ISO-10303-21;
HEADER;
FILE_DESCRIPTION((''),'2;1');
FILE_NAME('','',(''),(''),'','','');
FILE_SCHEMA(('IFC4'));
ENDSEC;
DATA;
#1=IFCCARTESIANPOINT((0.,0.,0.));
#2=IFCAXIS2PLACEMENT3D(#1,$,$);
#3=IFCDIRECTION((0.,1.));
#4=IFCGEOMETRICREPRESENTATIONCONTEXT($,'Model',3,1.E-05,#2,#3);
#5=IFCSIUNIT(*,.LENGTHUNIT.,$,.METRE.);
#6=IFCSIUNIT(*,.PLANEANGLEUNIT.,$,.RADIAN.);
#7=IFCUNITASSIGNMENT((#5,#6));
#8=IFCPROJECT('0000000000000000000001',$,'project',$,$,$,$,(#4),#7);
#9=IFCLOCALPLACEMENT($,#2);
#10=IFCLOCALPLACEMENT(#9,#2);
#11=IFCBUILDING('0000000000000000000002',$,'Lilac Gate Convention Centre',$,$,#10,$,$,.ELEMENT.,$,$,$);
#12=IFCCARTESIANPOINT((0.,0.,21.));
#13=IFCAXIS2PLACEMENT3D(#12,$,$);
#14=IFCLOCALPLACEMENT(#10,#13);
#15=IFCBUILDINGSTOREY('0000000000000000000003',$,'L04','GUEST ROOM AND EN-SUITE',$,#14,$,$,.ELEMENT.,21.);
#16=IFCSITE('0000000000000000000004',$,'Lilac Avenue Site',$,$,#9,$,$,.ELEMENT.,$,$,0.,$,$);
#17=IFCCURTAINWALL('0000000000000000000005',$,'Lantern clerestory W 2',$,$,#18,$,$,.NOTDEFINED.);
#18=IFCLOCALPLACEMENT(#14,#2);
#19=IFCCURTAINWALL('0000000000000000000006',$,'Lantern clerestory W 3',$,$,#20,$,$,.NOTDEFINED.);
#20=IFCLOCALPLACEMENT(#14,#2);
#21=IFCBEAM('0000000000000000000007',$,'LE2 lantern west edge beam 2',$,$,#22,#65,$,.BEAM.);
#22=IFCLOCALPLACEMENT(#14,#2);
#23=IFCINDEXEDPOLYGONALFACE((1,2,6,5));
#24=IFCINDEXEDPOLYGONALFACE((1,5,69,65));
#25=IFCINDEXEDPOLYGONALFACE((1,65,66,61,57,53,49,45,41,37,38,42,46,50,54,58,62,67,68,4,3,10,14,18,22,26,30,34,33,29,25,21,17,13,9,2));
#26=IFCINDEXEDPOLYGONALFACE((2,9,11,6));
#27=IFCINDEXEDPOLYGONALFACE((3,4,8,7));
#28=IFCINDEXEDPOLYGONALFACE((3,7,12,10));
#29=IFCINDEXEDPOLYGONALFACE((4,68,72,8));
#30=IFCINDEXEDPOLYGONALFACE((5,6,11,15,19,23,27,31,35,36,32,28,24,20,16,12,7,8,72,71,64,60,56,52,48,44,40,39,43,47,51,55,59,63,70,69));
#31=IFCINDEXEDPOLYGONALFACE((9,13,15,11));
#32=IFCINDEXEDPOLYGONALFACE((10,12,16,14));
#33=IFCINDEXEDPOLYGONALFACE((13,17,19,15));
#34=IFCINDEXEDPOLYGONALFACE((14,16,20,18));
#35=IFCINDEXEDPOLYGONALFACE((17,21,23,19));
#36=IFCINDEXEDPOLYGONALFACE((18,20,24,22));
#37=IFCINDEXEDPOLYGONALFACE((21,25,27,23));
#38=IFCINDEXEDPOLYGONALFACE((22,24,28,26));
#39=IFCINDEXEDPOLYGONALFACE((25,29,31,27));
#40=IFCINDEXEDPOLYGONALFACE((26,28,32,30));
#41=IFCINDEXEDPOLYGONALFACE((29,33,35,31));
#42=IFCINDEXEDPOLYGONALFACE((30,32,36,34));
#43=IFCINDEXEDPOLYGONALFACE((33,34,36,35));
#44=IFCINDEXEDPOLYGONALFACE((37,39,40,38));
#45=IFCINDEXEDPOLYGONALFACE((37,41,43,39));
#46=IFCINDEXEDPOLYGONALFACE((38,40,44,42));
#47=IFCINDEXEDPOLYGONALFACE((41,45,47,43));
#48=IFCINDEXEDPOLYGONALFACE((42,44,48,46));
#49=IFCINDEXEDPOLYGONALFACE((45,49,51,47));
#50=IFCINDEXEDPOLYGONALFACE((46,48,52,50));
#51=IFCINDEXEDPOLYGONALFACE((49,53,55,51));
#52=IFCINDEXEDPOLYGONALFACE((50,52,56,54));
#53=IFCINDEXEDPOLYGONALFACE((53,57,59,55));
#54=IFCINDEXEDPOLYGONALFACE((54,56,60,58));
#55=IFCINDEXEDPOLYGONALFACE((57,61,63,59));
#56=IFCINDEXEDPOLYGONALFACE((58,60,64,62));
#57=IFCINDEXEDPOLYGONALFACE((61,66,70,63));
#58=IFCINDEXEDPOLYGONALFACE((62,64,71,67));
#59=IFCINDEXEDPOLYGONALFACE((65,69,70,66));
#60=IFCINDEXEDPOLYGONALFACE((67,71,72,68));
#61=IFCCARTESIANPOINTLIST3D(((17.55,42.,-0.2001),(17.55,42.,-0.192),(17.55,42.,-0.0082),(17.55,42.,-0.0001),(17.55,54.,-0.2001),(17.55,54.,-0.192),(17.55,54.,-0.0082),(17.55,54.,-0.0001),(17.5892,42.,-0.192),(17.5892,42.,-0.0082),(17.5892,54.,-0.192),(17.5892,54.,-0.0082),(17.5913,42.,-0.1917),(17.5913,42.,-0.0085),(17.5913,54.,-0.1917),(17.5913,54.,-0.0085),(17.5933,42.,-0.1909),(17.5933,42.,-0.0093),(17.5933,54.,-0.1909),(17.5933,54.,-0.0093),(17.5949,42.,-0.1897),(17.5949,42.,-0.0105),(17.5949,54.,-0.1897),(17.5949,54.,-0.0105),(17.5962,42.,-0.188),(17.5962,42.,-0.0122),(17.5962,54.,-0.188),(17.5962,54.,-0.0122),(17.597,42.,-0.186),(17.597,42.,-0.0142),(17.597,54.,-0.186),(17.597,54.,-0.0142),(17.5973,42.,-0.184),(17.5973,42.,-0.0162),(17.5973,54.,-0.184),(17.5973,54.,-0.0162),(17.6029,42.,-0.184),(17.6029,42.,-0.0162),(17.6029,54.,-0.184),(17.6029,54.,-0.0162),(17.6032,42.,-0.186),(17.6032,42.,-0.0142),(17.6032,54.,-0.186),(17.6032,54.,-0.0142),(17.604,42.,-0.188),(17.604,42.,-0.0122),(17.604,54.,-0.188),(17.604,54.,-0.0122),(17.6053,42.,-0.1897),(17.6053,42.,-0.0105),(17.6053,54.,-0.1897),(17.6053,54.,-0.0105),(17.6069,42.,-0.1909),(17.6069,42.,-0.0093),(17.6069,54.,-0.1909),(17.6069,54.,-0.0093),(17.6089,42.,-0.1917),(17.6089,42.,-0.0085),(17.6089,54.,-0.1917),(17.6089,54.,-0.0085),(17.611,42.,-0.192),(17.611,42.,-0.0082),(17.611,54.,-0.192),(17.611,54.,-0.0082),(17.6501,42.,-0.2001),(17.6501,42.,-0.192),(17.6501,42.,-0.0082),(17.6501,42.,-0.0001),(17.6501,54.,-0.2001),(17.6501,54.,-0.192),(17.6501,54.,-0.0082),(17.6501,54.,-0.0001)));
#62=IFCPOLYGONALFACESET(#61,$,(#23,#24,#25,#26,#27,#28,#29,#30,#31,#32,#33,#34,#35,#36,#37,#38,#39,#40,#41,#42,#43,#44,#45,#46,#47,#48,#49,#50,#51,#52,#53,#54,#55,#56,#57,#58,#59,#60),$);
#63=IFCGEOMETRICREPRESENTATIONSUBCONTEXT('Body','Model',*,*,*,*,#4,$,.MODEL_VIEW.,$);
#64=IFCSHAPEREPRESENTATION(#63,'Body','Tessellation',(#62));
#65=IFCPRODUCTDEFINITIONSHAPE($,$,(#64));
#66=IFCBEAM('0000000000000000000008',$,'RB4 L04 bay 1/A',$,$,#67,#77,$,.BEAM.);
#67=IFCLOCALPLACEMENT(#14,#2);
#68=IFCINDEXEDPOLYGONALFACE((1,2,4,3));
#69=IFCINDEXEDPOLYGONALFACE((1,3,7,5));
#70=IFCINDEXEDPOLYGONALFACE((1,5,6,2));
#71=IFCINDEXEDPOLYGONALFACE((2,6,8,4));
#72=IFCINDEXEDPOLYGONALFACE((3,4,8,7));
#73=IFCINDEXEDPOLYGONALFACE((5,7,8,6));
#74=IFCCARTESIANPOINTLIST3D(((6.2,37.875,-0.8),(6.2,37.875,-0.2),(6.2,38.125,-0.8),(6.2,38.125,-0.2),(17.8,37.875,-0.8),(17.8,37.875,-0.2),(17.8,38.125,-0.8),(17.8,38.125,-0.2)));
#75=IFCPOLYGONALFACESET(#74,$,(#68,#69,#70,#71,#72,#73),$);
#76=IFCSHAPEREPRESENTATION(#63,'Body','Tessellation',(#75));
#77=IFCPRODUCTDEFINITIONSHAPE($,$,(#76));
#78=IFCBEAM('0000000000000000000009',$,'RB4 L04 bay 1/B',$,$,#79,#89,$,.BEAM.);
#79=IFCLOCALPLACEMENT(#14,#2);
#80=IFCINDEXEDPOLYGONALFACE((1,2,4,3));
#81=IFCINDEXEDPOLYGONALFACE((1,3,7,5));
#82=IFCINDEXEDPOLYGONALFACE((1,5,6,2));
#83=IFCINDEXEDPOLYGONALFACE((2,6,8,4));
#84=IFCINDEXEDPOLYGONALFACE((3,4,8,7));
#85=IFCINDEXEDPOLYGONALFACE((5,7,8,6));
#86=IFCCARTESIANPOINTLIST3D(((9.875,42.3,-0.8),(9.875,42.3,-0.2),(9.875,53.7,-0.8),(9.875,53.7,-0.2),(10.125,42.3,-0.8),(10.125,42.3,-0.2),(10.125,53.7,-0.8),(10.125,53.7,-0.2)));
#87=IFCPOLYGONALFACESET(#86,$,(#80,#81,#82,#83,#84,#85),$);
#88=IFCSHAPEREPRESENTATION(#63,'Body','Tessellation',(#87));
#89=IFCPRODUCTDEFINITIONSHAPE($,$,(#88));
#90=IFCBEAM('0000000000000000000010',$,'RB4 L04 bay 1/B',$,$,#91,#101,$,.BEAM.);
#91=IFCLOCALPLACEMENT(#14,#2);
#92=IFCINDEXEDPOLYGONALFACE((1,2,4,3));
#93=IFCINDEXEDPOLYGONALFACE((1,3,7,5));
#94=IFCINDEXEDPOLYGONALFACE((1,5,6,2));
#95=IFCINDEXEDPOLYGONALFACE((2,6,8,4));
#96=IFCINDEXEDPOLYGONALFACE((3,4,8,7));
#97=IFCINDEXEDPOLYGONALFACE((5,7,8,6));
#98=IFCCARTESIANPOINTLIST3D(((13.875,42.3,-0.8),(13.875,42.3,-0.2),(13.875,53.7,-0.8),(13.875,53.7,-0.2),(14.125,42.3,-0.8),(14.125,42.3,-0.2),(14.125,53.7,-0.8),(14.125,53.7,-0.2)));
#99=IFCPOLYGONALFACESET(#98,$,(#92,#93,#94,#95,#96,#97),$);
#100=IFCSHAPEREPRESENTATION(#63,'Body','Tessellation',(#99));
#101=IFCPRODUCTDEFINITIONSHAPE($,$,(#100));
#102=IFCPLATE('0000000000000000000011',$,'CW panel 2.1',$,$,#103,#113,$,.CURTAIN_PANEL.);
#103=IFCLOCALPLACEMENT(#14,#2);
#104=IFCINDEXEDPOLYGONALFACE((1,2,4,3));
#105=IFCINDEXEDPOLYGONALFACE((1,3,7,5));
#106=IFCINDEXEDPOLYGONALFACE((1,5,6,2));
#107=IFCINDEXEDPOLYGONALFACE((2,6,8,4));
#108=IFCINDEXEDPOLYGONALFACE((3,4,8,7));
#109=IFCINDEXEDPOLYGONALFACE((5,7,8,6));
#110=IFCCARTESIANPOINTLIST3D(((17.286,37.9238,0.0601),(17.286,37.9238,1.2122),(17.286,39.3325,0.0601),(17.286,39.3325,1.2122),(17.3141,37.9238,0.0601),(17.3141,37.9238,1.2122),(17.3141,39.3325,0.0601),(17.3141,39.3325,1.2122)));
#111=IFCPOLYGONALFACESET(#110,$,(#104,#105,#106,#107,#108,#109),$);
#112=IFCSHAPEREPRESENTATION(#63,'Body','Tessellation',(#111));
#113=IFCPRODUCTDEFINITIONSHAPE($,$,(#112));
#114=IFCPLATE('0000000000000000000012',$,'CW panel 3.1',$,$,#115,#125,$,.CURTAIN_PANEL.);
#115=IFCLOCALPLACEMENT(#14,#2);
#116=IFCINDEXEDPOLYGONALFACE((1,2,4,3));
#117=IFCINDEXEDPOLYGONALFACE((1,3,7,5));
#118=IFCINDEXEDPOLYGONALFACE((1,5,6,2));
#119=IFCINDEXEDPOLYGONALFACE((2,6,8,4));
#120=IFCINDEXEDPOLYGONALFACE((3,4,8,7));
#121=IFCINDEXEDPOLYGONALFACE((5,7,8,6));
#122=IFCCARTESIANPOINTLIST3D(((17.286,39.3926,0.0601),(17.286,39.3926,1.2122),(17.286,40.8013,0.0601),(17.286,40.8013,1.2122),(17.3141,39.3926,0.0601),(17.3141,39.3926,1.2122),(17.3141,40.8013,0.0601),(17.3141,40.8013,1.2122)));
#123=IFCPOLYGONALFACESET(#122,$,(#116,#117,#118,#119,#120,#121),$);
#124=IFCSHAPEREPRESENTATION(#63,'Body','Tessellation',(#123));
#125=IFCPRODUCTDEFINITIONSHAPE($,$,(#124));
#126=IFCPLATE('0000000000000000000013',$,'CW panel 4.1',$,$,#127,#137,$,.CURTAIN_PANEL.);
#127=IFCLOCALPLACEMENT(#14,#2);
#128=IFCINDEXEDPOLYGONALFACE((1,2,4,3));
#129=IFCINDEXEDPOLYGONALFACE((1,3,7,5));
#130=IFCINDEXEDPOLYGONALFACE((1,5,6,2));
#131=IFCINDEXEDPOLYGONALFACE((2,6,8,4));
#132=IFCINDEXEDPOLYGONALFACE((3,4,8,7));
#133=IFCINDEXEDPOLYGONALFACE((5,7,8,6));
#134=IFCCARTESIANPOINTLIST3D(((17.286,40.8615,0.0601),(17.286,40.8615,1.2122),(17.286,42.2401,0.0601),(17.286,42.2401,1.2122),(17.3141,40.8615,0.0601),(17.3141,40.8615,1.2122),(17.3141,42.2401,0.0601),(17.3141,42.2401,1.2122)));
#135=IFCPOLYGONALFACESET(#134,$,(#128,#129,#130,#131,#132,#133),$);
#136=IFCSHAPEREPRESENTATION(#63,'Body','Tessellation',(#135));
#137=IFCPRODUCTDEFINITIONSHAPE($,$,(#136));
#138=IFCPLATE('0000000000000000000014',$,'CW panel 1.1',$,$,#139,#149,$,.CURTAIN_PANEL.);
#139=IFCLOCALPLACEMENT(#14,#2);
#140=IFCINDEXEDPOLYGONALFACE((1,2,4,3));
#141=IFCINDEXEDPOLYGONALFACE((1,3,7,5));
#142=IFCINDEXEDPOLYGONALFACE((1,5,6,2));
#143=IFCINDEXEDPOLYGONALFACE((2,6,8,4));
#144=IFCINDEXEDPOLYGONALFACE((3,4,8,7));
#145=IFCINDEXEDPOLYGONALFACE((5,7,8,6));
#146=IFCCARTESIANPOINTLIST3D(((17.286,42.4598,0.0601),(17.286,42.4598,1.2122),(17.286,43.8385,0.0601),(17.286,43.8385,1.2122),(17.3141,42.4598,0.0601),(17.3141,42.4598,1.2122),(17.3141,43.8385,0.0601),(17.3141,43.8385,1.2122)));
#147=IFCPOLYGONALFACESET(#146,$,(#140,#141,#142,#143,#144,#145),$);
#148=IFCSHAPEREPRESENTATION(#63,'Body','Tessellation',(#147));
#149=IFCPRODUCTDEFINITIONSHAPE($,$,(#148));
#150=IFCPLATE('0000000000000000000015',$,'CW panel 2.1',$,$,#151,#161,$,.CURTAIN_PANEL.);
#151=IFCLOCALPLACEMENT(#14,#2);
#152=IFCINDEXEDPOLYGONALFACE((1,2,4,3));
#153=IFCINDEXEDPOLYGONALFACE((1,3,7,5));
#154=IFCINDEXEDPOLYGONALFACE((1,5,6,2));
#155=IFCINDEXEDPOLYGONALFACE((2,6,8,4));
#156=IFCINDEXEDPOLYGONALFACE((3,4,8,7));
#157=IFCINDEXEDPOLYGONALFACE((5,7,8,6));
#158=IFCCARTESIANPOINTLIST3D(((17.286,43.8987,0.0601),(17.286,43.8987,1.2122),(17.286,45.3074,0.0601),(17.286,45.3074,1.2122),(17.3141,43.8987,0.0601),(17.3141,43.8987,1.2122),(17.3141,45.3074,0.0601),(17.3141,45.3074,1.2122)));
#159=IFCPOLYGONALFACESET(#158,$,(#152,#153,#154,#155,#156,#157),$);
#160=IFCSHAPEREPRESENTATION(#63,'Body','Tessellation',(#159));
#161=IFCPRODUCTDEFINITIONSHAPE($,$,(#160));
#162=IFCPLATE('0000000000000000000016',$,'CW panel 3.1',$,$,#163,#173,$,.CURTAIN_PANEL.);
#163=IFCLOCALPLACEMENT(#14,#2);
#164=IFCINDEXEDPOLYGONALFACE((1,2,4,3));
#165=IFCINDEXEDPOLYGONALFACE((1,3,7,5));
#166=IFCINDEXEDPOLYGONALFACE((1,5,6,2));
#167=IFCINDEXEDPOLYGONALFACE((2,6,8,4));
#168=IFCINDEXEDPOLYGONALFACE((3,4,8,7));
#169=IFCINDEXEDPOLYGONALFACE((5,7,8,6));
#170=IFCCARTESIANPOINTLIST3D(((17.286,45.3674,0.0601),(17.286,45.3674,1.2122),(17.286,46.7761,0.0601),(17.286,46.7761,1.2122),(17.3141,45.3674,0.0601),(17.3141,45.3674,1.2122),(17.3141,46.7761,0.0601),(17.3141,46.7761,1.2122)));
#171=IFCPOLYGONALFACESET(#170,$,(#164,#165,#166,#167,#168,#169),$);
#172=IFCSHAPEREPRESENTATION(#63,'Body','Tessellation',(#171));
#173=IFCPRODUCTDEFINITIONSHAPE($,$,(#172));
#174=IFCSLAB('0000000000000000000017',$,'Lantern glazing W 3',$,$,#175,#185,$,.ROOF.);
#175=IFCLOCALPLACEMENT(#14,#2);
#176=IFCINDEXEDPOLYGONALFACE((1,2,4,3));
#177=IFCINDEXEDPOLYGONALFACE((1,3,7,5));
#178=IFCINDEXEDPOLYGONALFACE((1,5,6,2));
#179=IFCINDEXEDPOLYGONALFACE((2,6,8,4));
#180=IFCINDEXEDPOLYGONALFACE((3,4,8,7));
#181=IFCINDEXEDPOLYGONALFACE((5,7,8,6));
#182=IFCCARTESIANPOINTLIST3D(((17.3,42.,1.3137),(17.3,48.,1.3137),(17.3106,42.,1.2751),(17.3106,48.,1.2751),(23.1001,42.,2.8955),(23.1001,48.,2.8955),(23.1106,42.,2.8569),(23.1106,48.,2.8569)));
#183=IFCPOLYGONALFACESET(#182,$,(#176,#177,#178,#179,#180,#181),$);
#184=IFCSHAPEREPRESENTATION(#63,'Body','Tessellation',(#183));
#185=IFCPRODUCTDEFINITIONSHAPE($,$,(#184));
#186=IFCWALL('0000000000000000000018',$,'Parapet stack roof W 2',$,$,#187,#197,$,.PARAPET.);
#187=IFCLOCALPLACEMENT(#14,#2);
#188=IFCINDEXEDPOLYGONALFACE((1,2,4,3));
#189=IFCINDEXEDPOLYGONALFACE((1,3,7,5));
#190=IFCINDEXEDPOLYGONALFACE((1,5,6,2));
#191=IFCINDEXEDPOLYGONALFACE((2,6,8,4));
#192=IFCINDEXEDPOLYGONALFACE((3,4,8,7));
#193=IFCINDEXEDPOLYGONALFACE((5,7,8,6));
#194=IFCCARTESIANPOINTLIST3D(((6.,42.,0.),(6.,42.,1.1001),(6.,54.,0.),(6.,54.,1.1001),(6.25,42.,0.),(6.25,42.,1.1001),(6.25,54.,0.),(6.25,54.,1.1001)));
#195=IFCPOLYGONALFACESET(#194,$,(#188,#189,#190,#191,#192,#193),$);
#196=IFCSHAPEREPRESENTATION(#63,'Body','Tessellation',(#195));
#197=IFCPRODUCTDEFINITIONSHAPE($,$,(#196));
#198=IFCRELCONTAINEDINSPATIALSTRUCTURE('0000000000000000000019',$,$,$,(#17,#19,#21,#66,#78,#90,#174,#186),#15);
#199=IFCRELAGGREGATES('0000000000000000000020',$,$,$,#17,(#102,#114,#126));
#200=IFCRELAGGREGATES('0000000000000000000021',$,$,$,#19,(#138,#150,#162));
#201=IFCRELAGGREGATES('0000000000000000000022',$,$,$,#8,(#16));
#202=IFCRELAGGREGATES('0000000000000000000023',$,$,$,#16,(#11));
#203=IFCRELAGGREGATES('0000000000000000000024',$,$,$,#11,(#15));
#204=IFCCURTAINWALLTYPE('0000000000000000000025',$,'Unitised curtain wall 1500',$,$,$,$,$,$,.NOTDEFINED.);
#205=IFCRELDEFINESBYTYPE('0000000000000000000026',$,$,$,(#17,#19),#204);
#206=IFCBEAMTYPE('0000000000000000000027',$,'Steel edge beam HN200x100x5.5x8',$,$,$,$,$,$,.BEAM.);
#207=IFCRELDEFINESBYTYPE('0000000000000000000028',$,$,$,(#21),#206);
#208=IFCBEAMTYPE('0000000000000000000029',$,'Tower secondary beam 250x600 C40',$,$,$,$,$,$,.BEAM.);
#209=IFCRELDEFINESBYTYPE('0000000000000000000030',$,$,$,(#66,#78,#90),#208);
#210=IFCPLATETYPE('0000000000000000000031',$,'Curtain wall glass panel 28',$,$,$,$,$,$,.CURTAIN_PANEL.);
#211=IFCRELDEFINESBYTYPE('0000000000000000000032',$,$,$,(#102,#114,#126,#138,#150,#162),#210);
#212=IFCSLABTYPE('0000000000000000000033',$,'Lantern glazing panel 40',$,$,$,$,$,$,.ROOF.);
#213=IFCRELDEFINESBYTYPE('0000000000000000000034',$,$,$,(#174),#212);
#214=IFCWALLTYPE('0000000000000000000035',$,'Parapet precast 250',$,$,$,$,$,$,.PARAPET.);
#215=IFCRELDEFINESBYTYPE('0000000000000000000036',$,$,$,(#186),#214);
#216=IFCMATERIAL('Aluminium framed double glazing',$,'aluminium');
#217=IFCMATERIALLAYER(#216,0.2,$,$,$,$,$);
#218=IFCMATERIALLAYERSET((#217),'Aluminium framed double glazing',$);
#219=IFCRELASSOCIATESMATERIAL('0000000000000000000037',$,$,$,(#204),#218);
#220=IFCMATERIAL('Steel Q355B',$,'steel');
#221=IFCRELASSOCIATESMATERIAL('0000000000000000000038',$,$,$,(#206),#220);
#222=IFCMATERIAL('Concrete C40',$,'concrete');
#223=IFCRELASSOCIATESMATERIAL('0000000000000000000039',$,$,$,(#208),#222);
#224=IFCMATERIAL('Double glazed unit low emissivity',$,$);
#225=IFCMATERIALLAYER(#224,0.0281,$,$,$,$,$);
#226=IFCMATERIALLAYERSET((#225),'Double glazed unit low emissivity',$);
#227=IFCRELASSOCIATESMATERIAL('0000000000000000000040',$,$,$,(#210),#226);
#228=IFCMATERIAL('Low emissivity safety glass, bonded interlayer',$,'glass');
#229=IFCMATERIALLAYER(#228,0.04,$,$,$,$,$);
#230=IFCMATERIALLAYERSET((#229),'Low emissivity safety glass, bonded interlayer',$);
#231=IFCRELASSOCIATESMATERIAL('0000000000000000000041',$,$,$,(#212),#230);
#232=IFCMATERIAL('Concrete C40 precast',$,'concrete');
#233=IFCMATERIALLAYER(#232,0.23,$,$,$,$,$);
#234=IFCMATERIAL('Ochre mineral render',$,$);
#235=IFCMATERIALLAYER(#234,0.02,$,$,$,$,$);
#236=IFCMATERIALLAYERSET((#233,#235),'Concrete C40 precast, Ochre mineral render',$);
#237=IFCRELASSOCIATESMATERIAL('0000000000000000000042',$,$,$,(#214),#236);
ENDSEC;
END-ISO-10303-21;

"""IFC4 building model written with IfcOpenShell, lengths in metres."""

from ifc_helpers import new_model, si_unit, direction, frame, frame_2d, origin, origin_2d, place, context, subcontext, project, spatial, polyline, rectangle, i_section, outline, extrude, material, layer, layer_set, material_profile, profile_set, type_object, element, aggregate, save


model = new_model("IFC4")

# Units and contexts
model_context = context("Model", 3, precision=1e-05, world=origin(), true_north=direction((0.0, 1.0)))
body_context = subcontext(model_context, "Body", "Model", "MODEL_VIEW")
ifc_project = project(units=[si_unit("LENGTHUNIT", "METRE"), si_unit("PLANEANGLEUNIT", "RADIAN")], contexts=[model_context])

# Site, building, storey
site_placement = place(None, origin())
site = spatial("IfcSite", under=ifc_project, at=site_placement, Name="Lilac Avenue Site", CompositionType="ELEMENT", RefElevation=0.0)
building_placement = place(site_placement, origin())
building = spatial("IfcBuilding", under=site, at=building_placement, Name="Lilac Gate Convention Centre", CompositionType="ELEMENT")
storey_placement = place(building_placement, frame((0.0, 0.0, 21.0)))
storey = spatial("IfcBuildingStorey", under=building, at=storey_placement, Name="L04", Description="GUEST ROOM AND EN-SUITE", CompositionType="ELEMENT", Elevation=21.0)

# Curtain walls
ifc_material_1 = material(Name="Aluminium framed double glazing", Category="aluminium")
ifc_layer_1 = layer(ifc_material_1, 0.2)
ifc_layer_set_1 = layer_set([ifc_layer_1], Name="Aluminium framed double glazing")
curtain_wall_type = type_object("IfcCurtainWallType", Name="Unitised curtain wall 1500", PredefinedType="NOTDEFINED", material=ifc_layer_set_1)
curtain_wall_1_placement = place(storey_placement, origin())
curtain_wall_1 = element("IfcCurtainWall", 1, at=curtain_wall_1_placement, inside=storey, type_object=curtain_wall_type, Name="Lantern clerestory W 2", PredefinedType="NOTDEFINED")
curtain_wall_2_placement = place(storey_placement, origin())
curtain_wall_2 = element("IfcCurtainWall", 2, at=curtain_wall_2_placement, inside=storey, type_object=curtain_wall_type, Name="Lantern clerestory W 3", PredefinedType="NOTDEFINED")

# Shared definitions
ifc_material_2 = material(Name="Steel Q355B", Category="steel")

# Beams
ifc_material_profile_1 = material_profile(ifc_material_2, i_section(OverallWidth=0.1001, OverallDepth=0.2, WebThickness=0.0056, FlangeThickness=0.0081, FilletRadius=0.0081, at=origin_2d()), Name="HN200x100x5.5x8")
ifc_profile_set_1 = profile_set([ifc_material_profile_1], Name="Steel Q355B")
beam_type_1 = type_object("IfcBeamType", Name="Steel edge beam HN200x100x5.5x8", PredefinedType="BEAM", material=ifc_profile_set_1)
beam_1_placement = place(storey_placement, frame((17.6001, 42.0, -0.1001), z_axis=(0.0, 1.0, 0.0), x_axis=(-1.0, 0.0, 0.0)))
element("IfcBeam", 3, at=beam_1_placement, inside=storey, type_object=beam_type_1, Name="LE2 lantern west edge beam 2", PredefinedType="BEAM", context=body_context, shape_type="SweptSolid", body=[
    extrude(i_section(OverallWidth=0.1001, OverallDepth=0.2, WebThickness=0.0056, FlangeThickness=0.0081, FilletRadius=0.0081, at=origin_2d()), origin(), (0.0, 0.0, 1.0), 12.0),
])
ifc_material_3 = material(Name="Concrete C40", Category="concrete")
ifc_material_profile_2 = material_profile(ifc_material_3, rectangle(XDim=0.25, YDim=0.6001, at=origin_2d()), Name="RC 250x600")
ifc_profile_set_2 = profile_set([ifc_material_profile_2], Name="Concrete C40")
beam_type_2 = type_object("IfcBeamType", Name="Tower secondary beam 250x600 C40", PredefinedType="BEAM", material=ifc_profile_set_2)
beam_2_placement = place(storey_placement, frame((6.2, 38.0, -0.5), z_axis=(1.0, 0.0, 0.0), x_axis=(0.0, 1.0, 0.0)))
element("IfcBeam", 4, at=beam_2_placement, inside=storey, type_object=beam_type_2, Name="RB4 L04 bay 1/A", PredefinedType="BEAM", context=body_context, shape_type="SweptSolid", body=[
    extrude(rectangle(XDim=0.25, YDim=0.6001, at=origin_2d()), origin(), (0.0, 0.0, 1.0), 11.6001),
])
for number, where, z_axis, x_axis, name in (
    (5, (10.0, 42.3, -0.5), (0.0, 1.0, 0.0), (-1.0, 0.0, 0.0), "RB4 L04 bay 1/B"),
    (6, (14.0, 42.3, -0.5), (0.0, 1.0, 0.0), (-1.0, 0.0, 0.0), "RB4 L04 bay 1/B"),
):
    element("IfcBeam", number, at=place(storey_placement, frame(where, z_axis=z_axis, x_axis=x_axis)), inside=storey, type_object=beam_type_2, Name=name, PredefinedType="BEAM", context=body_context, shape_type="SweptSolid", body=[
        extrude(rectangle(XDim=0.25, YDim=0.6001, at=origin_2d()), origin(), (0.0, 0.0, 1.0), 11.3999),
    ])

# Plates
ifc_material_4 = material(Name="Double glazed unit low emissivity")
ifc_layer_2 = layer(ifc_material_4, 0.0281)
ifc_layer_set_2 = layer_set([ifc_layer_2], Name="Double glazed unit low emissivity")
plate_type = type_object("IfcPlateType", Name="Curtain wall glass panel 28", PredefinedType="CURTAIN_PANEL", material=ifc_layer_set_2)
plate_1_placement = place(storey_placement, frame((17.3, 38.6282, 0.0601), z_axis=(0.0, 0.0, 1.0), x_axis=(0.0, 1.0, 0.0)))
plate_1 = element("IfcPlate", 7, at=plate_1_placement, type_object=plate_type, Name="CW panel 2.1", PredefinedType="CURTAIN_PANEL", context=body_context, shape_type="SweptSolid", body=[
    extrude(rectangle(XDim=1.4087, YDim=0.0281, at=origin_2d()), origin(), (0.0, 0.0, 1.0), 1.1521),
])
plate_2_placement = place(storey_placement, frame((17.3, 40.0969, 0.0601), z_axis=(0.0, 0.0, 1.0), x_axis=(0.0, 1.0, 0.0)))
plate_2 = element("IfcPlate", 8, at=plate_2_placement, type_object=plate_type, Name="CW panel 3.1", PredefinedType="CURTAIN_PANEL", context=body_context, shape_type="SweptSolid", body=[
    extrude(rectangle(XDim=1.4087, YDim=0.0281, at=origin_2d()), origin(), (0.0, 0.0, 1.0), 1.1521),
])
plate_3_placement = place(storey_placement, frame((17.3, 41.5508, 0.0601), z_axis=(0.0, 0.0, 1.0), x_axis=(0.0, 1.0, 0.0)))
plate_3 = element("IfcPlate", 9, at=plate_3_placement, type_object=plate_type, Name="CW panel 4.1", PredefinedType="CURTAIN_PANEL", context=body_context, shape_type="SweptSolid", body=[
    extrude(rectangle(XDim=1.3787, YDim=0.0281, at=origin_2d()), origin(), (0.0, 0.0, 1.0), 1.1521),
])
aggregate(curtain_wall_1, [plate_1, plate_2, plate_3])
plate_4_placement = place(storey_placement, frame((17.3, 43.1492, 0.0601), z_axis=(0.0, 0.0, 1.0), x_axis=(0.0, 1.0, 0.0)))
plate_4 = element("IfcPlate", 10, at=plate_4_placement, type_object=plate_type, Name="CW panel 1.1", PredefinedType="CURTAIN_PANEL", context=body_context, shape_type="SweptSolid", body=[
    extrude(rectangle(XDim=1.3787, YDim=0.0281, at=origin_2d()), origin(), (0.0, 0.0, 1.0), 1.1521),
])
plate_5_placement = place(storey_placement, frame((17.3, 44.603, 0.0601), z_axis=(0.0, 0.0, 1.0), x_axis=(0.0, 1.0, 0.0)))
plate_5 = element("IfcPlate", 11, at=plate_5_placement, type_object=plate_type, Name="CW panel 2.1", PredefinedType="CURTAIN_PANEL", context=body_context, shape_type="SweptSolid", body=[
    extrude(rectangle(XDim=1.4087, YDim=0.0281, at=origin_2d()), origin(), (0.0, 0.0, 1.0), 1.1521),
])
plate_6_placement = place(storey_placement, frame((17.3, 46.0718, 0.0601), z_axis=(0.0, 0.0, 1.0), x_axis=(0.0, 1.0, 0.0)))
plate_6 = element("IfcPlate", 12, at=plate_6_placement, type_object=plate_type, Name="CW panel 3.1", PredefinedType="CURTAIN_PANEL", context=body_context, shape_type="SweptSolid", body=[
    extrude(rectangle(XDim=1.4087, YDim=0.0281, at=origin_2d()), origin(), (0.0, 0.0, 1.0), 1.1521),
])
aggregate(curtain_wall_2, [plate_4, plate_5, plate_6])

# Slab
ifc_material_5 = material(Name="Low emissivity safety glass, bonded interlayer", Category="glass")
ifc_layer_3 = layer(ifc_material_5, 0.04)
ifc_layer_set_3 = layer_set([ifc_layer_3], Name="Low emissivity safety glass, bonded interlayer")
slab_type = type_object("IfcSlabType", Name="Lantern glazing panel 40", PredefinedType="ROOF", material=ifc_layer_set_3)
slab_placement = place(storey_placement, frame((17.3, 42.0, 1.3137), z_axis=(-0.263111, 0.0, 0.964766), x_axis=(0.964766, 0.0, 0.263111)))
element("IfcSlab", 13, at=slab_placement, inside=storey, type_object=slab_type, Name="Lantern glazing W 3", PredefinedType="ROOF", context=body_context, shape_type="SweptSolid", body=[
    extrude(outline(polyline([(0.0, 0.0), (6.0119, 0.0), (6.0119, 6.0), (0.0, 6.0), (0.0, 0.0)])), origin(), (0.0, 0.0, -1.0), 0.04),
])

# Wall
ifc_material_6 = material(Name="Concrete C40 precast", Category="concrete")
ifc_layer_4 = layer(ifc_material_6, 0.23)
ifc_material_7 = material(Name="Ochre mineral render")
ifc_layer_5 = layer(ifc_material_7, 0.02)
ifc_layer_set_4 = layer_set([ifc_layer_4, ifc_layer_5], Name="Concrete C40 precast, Ochre mineral render")
wall_type = type_object("IfcWallType", Name="Parapet precast 250", PredefinedType="PARAPET", material=ifc_layer_set_4)
wall_placement = place(storey_placement, frame((6.125, 42.0, 0.0), z_axis=(0.0, 0.0, 1.0), x_axis=(0.0, 1.0, 0.0)))
element("IfcWall", 14, at=wall_placement, inside=storey, type_object=wall_type, Name="Parapet stack roof W 2", PredefinedType="PARAPET", context=body_context, shape_type="SweptSolid", body=[
    extrude(rectangle(XDim=12.0, YDim=0.25, at=frame_2d((6.0, 0.0))), origin(), (0.0, 0.0, 1.0), 1.1001),
])

save(model, "model.ifc")
